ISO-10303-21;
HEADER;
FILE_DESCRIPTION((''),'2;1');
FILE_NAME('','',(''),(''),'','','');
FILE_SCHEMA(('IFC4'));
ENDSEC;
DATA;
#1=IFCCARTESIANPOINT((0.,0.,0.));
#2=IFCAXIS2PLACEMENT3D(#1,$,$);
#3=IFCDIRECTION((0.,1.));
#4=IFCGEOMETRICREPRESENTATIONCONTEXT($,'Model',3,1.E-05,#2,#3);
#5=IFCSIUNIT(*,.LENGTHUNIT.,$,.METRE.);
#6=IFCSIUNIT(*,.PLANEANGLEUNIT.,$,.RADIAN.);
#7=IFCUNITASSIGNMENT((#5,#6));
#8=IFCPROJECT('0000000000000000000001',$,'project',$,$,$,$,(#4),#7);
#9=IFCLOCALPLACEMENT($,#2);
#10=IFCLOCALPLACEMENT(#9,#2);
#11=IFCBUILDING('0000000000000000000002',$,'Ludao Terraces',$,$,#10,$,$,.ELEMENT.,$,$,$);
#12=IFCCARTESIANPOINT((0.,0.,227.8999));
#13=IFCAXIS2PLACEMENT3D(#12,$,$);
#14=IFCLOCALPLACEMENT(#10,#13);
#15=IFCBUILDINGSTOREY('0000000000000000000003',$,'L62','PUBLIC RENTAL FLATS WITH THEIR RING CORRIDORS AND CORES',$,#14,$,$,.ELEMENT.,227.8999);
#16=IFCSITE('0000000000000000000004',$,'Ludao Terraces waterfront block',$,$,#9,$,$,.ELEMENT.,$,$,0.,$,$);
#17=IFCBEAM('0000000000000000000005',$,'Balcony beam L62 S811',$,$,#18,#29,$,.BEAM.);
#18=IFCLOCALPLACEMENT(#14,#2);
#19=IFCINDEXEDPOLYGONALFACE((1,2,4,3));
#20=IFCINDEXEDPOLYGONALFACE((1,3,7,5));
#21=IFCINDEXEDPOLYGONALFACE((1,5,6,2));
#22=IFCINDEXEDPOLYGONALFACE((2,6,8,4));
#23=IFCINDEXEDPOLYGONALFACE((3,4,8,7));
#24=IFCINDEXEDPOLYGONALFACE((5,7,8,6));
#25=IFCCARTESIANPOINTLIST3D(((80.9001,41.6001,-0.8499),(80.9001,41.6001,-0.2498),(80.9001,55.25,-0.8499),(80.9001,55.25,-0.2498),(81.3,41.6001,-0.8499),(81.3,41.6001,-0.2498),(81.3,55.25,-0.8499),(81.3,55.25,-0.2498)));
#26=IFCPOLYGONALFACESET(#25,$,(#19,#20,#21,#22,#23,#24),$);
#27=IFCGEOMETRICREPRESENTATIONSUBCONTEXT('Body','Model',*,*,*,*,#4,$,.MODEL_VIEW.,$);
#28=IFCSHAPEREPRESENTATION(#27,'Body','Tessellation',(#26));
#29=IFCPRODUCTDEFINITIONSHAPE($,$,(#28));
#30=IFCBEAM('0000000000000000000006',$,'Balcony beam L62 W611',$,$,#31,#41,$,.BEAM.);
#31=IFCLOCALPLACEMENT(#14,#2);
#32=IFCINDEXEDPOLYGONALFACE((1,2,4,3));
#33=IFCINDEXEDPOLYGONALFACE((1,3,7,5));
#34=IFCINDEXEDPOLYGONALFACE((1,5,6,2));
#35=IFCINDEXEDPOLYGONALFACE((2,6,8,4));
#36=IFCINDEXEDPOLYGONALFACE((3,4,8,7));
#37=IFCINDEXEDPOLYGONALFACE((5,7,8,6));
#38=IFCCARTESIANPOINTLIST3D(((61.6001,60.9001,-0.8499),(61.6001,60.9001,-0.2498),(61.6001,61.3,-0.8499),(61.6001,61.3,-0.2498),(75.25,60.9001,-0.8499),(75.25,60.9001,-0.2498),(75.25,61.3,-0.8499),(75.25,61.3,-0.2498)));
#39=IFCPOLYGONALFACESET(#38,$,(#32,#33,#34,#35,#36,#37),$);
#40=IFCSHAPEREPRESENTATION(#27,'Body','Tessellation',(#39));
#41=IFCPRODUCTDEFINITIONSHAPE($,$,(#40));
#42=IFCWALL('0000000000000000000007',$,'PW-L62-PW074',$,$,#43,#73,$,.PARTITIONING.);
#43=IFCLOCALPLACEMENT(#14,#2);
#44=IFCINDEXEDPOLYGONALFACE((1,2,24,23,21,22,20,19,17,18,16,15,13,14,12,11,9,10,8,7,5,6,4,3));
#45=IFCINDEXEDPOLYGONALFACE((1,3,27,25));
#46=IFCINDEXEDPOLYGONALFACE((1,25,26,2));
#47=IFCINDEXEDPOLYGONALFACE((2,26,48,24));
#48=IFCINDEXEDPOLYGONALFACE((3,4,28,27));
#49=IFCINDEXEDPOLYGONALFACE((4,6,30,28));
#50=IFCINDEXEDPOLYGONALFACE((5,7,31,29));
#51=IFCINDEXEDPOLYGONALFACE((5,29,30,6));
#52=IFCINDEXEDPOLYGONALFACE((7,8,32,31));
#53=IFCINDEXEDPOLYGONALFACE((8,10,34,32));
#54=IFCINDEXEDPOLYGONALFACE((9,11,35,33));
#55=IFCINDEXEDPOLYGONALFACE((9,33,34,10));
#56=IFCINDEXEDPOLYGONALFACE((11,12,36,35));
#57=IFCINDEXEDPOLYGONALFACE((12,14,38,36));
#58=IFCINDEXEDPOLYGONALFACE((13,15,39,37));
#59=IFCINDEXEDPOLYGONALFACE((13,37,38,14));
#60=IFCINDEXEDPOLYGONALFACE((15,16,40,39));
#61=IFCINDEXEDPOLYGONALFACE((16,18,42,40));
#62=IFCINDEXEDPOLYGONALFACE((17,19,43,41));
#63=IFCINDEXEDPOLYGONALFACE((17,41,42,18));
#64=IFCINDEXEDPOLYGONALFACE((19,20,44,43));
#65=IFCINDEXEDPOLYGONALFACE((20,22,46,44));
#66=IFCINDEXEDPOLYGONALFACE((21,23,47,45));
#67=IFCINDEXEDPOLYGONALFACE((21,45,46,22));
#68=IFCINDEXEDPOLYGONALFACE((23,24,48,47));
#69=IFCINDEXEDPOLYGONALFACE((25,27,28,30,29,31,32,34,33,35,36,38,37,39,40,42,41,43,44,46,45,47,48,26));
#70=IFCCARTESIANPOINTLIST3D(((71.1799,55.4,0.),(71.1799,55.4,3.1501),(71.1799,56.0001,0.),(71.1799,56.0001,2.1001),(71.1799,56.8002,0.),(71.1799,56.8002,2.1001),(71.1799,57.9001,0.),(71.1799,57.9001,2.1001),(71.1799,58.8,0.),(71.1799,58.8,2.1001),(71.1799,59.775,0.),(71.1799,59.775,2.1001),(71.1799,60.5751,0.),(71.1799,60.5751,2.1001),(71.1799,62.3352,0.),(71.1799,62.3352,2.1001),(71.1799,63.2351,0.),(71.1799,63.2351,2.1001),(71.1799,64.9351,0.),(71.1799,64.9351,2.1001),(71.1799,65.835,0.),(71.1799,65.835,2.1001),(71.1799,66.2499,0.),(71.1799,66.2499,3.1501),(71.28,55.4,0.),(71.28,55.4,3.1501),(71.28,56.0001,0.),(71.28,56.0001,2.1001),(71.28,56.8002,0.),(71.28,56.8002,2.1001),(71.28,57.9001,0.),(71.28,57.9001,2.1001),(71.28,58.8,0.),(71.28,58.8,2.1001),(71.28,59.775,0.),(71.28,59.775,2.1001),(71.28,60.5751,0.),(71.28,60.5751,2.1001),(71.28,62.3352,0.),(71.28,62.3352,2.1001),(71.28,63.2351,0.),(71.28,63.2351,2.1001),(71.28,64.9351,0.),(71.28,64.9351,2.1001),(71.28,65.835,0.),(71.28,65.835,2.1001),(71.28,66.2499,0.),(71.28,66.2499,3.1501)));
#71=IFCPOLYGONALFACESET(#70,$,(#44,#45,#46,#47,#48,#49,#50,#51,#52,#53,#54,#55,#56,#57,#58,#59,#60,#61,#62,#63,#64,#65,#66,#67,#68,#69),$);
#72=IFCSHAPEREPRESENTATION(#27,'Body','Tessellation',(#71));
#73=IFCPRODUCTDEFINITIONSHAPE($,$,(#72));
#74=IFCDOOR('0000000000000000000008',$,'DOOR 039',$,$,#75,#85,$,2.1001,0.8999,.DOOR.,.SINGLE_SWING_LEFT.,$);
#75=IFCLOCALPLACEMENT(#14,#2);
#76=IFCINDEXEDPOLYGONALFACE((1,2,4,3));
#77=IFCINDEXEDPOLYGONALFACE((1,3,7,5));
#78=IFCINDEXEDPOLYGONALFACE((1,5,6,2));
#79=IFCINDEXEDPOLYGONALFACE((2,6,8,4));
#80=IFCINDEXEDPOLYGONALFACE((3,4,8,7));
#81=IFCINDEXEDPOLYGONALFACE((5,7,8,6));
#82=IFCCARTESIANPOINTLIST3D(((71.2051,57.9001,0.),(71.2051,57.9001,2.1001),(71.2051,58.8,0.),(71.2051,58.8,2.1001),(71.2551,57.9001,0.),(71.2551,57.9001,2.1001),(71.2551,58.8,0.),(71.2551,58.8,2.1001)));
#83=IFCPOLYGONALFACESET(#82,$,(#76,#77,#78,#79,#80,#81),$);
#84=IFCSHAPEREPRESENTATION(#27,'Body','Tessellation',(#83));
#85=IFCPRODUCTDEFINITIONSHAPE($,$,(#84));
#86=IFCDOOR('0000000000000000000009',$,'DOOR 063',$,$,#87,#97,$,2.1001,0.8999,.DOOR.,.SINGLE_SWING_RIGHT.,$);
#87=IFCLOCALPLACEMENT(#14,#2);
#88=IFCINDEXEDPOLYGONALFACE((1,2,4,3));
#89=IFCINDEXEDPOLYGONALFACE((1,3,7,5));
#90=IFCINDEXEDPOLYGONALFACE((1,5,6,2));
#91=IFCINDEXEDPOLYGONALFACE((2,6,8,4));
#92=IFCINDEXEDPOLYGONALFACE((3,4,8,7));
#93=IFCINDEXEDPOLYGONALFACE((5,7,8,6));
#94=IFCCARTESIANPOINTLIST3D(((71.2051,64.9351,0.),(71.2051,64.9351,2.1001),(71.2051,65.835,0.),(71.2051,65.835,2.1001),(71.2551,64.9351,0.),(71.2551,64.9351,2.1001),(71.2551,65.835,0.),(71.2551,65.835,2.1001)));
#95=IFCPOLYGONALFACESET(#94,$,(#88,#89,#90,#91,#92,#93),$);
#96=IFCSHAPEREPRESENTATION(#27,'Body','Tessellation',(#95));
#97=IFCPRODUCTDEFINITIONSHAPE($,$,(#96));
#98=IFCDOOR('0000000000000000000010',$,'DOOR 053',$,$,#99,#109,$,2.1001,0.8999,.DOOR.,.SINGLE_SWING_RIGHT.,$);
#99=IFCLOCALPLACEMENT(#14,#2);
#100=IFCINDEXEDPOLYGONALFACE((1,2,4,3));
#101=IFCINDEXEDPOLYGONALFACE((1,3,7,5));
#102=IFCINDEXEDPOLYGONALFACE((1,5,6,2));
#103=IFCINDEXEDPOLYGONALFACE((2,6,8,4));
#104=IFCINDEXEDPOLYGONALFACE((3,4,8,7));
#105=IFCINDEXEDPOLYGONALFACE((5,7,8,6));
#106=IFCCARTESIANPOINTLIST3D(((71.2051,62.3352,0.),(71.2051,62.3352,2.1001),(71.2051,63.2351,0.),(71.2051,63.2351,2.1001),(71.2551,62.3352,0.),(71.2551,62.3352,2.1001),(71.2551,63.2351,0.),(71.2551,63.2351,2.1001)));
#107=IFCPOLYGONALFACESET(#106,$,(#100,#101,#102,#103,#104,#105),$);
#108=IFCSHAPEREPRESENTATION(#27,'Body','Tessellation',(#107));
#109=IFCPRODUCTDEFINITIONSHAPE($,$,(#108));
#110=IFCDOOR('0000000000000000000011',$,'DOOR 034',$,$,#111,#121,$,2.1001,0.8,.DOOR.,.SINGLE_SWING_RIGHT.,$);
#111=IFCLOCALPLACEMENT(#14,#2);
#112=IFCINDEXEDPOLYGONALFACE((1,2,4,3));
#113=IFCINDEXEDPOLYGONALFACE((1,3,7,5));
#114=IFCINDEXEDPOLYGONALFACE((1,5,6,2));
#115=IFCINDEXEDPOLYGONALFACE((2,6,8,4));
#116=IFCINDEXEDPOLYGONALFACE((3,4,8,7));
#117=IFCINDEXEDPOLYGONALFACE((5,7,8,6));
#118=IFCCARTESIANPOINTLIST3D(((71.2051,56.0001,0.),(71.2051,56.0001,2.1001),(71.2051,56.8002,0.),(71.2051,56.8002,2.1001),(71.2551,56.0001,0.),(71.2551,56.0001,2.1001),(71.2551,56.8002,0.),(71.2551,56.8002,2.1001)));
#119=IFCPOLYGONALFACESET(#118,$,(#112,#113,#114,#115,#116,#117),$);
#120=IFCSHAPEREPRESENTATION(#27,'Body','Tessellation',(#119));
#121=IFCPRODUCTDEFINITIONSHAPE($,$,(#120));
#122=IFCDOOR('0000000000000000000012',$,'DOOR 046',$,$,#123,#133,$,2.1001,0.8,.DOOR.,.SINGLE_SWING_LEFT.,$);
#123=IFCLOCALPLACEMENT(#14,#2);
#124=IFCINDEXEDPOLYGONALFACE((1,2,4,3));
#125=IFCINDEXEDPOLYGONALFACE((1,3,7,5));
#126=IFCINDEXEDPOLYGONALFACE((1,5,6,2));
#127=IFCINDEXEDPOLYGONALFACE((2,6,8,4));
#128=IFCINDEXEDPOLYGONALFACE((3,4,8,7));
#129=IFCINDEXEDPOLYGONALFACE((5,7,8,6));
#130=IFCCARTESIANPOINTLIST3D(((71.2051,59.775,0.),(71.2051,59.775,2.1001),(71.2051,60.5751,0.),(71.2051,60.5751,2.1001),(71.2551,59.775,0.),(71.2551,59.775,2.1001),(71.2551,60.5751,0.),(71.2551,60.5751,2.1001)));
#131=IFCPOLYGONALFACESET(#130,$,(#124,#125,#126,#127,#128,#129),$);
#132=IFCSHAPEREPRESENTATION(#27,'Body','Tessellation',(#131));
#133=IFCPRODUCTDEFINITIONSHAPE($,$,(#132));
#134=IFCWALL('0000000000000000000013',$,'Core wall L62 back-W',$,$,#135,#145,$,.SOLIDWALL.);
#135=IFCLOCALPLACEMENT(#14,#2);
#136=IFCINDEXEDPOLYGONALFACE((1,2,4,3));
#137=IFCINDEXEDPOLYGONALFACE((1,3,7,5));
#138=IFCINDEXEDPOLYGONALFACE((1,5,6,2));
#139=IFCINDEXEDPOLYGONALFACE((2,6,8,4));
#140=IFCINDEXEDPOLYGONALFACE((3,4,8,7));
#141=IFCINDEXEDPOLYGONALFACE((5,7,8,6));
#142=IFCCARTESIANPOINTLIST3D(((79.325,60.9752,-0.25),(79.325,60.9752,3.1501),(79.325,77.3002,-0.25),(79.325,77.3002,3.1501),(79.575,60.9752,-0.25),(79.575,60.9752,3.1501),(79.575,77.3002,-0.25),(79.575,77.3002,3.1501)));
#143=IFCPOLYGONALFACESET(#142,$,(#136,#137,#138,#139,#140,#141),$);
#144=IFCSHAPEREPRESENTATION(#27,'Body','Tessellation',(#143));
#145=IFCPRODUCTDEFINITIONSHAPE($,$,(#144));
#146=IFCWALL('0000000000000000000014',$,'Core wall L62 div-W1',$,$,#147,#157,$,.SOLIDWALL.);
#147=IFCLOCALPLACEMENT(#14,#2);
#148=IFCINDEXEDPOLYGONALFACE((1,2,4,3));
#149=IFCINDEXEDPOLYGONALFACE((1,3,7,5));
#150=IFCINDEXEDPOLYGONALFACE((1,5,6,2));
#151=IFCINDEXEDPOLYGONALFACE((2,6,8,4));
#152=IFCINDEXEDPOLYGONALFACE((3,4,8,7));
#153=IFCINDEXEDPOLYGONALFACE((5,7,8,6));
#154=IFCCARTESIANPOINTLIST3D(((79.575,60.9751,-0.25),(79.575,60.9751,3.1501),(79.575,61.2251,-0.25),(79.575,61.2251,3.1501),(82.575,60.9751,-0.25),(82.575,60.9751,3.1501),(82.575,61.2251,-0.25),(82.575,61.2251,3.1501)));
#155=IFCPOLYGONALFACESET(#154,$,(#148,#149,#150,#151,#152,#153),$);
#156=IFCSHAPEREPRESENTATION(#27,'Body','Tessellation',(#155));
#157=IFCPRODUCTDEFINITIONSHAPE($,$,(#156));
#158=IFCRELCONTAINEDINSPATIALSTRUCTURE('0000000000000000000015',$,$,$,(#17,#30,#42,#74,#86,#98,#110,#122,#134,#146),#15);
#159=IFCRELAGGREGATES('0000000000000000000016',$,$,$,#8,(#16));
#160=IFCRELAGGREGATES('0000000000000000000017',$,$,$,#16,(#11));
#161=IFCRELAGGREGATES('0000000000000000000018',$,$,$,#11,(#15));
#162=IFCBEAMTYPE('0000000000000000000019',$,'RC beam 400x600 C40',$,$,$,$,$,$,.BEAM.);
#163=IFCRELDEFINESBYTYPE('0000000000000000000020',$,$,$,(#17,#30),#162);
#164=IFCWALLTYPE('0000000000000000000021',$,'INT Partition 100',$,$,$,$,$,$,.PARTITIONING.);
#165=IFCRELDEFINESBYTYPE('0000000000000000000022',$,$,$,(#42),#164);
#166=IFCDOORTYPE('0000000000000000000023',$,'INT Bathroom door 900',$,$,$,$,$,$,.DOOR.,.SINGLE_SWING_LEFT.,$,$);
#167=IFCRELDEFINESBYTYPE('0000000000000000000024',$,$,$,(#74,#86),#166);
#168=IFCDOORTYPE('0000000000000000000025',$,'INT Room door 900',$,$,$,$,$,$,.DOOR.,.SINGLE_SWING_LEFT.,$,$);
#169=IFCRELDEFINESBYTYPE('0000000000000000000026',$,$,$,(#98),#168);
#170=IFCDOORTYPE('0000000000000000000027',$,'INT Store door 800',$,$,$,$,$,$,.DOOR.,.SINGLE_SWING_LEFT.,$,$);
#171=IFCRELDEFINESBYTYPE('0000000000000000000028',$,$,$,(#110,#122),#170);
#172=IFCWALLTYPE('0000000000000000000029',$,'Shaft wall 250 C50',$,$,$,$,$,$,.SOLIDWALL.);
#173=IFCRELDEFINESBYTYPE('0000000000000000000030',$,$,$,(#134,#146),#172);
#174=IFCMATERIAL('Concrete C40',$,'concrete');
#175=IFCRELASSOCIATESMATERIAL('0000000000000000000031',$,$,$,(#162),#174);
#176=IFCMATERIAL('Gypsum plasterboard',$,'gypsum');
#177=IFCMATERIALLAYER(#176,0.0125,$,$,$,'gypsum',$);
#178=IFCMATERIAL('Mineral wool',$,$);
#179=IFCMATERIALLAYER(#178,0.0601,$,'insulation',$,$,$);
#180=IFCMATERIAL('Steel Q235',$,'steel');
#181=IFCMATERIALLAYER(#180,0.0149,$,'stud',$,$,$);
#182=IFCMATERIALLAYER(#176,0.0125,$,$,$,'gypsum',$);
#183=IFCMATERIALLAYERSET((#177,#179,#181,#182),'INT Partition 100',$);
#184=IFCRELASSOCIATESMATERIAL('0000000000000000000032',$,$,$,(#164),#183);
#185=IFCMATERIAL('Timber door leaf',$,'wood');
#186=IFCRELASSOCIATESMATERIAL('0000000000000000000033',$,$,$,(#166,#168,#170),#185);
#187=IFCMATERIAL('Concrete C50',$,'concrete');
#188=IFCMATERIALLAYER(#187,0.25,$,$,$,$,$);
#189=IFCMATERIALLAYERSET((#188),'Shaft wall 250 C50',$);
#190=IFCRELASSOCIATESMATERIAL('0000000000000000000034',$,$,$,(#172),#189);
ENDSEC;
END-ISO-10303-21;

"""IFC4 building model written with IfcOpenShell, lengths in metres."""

from ifc_helpers import new_model, si_unit, direction, frame, frame_2d, origin, origin_2d, place, context, subcontext, project, spatial, rectangle, extrude, material, layer, layer_set, material_profile, profile_set, type_object, element, fill, save


model = new_model("IFC4")

# Units and contexts
model_context = context("Model", 3, precision=1e-05, world=origin(), true_north=direction((0.0, 1.0)))
body_context = subcontext(model_context, "Body", "Model", "MODEL_VIEW")
ifc_project = project(units=[si_unit("LENGTHUNIT", "METRE"), si_unit("PLANEANGLEUNIT", "RADIAN")], contexts=[model_context])

# Site, building, storey
site_placement = place(None, origin())
site = spatial("IfcSite", under=ifc_project, at=site_placement, Name="Ludao Terraces waterfront block", CompositionType="ELEMENT", RefElevation=0.0)
building_placement = place(site_placement, origin())
building = spatial("IfcBuilding", under=site, at=building_placement, Name="Ludao Terraces", CompositionType="ELEMENT")
storey_placement = place(building_placement, frame((0.0, 0.0, 227.8999)))
storey = spatial("IfcBuildingStorey", under=building, at=storey_placement, Name="L62", Description="PUBLIC RENTAL FLATS WITH THEIR RING CORRIDORS AND CORES", CompositionType="ELEMENT", Elevation=227.8999)

# Beams
ifc_material_1 = material(Name="Concrete C40", Category="concrete")
ifc_material_profile = material_profile(ifc_material_1, rectangle(XDim=0.3999, YDim=0.6001, at=origin_2d()), Name="400 X 600")
ifc_profile_set = profile_set([ifc_material_profile], Name="Concrete C40")
beam_type = type_object("IfcBeamType", Name="RC beam 400x600 C40", PredefinedType="BEAM", material=ifc_profile_set)
for number, where, z_axis, x_axis, name in (
    (1, (81.1001, 55.25, -0.5498), (0.0, -1.0, 0.0), (1.0, 0.0, 0.0), "Balcony beam L62 S811"),
    (2, (75.25, 61.1001, -0.5498), (-1.0, 0.0, 0.0), (0.0, -1.0, 0.0), "Balcony beam L62 W611"),
):
    element("IfcBeam", number, at=place(storey_placement, frame(where, z_axis=z_axis, x_axis=x_axis)), inside=storey, type_object=beam_type, Name=name, PredefinedType="BEAM", context=body_context, shape_type="SweptSolid", body=[
        extrude(rectangle(XDim=0.3999, YDim=0.6001, at=origin_2d()), origin(), (0.0, 0.0, 1.0), 13.6499),
    ])

# Wall, openings, doors
ifc_material_2 = material(Name="Gypsum plasterboard", Category="gypsum")
ifc_layer_1 = layer(ifc_material_2, 0.0125, Category="gypsum")
ifc_material_3 = material(Name="Mineral wool")
ifc_layer_2 = layer(ifc_material_3, 0.0601, Name="insulation")
ifc_material_4 = material(Name="Steel Q235", Category="steel")
ifc_layer_3 = layer(ifc_material_4, 0.0149, Name="stud")
ifc_layer_4 = layer(ifc_material_2, 0.0125, Category="gypsum")
ifc_layer_set_1 = layer_set([ifc_layer_1, ifc_layer_2, ifc_layer_3, ifc_layer_4], Name="INT Partition 100")
wall_type_1 = type_object("IfcWallType", Name="INT Partition 100", PredefinedType="PARTITIONING", material=ifc_layer_set_1)
wall_1_placement = place(storey_placement, frame((71.23, 55.4001, 0.0), z_axis=(0.0, 0.0, 1.0), x_axis=(0.0, 1.0, 0.0)))
wall_1 = element("IfcWall", 3, at=wall_1_placement, inside=storey, type_object=wall_type_1, Name="PW-L62-PW074", PredefinedType="PARTITIONING", context=body_context, shape_type="SweptSolid", body=[
    extrude(rectangle(XDim=10.8499, YDim=0.1001, at=frame_2d((5.4248, 0.0))), origin(), (0.0, 0.0, 1.0), 3.1501),
])
opening_1_placement = place(wall_1_placement, frame((0.6001, 0.0, 0.0)))
opening_1 = element("IfcOpeningElement", 4, at=opening_1_placement, cuts=wall_1, PredefinedType="OPENING", context=body_context, shape_type="SweptSolid", body=[
    extrude(rectangle(XDim=0.8, YDim=2.1001, at=frame_2d((0.3999, 1.05))), frame((0.0, 0.0601, 0.0), z_axis=(0.0, -1.0, 0.0), x_axis=(1.0, 0.0, 0.0)), (0.0, 0.0, 1.0), 0.1201),
])
opening_2_placement = place(wall_1_placement, frame((2.5, 0.0, 0.0)))
opening_2 = element("IfcOpeningElement", 5, at=opening_2_placement, cuts=wall_1, PredefinedType="OPENING", context=body_context, shape_type="SweptSolid", body=[
    extrude(rectangle(XDim=0.8999, YDim=2.1001, at=frame_2d((0.45, 1.05))), frame((0.0, 0.0601, 0.0), z_axis=(0.0, -1.0, 0.0), x_axis=(1.0, 0.0, 0.0)), (0.0, 0.0, 1.0), 0.1201),
])
opening_3_placement = place(wall_1_placement, frame((4.375, 0.0, 0.0)))
opening_3 = element("IfcOpeningElement", 6, at=opening_3_placement, cuts=wall_1, PredefinedType="OPENING", context=body_context, shape_type="SweptSolid", body=[
    extrude(rectangle(XDim=0.8, YDim=2.1001, at=frame_2d((0.3999, 1.05))), frame((0.0, 0.0601, 0.0), z_axis=(0.0, -1.0, 0.0), x_axis=(1.0, 0.0, 0.0)), (0.0, 0.0, 1.0), 0.1201),
])
opening_4_placement = place(wall_1_placement, frame((6.9351, 0.0, 0.0)))
opening_4 = element("IfcOpeningElement", 7, at=opening_4_placement, cuts=wall_1, PredefinedType="OPENING", context=body_context, shape_type="SweptSolid", body=[
    extrude(rectangle(XDim=0.8999, YDim=2.1001, at=frame_2d((0.45, 1.05))), frame((0.0, 0.0601, 0.0), z_axis=(0.0, -1.0, 0.0), x_axis=(1.0, 0.0, 0.0)), (0.0, 0.0, 1.0), 0.1201),
])
opening_5_placement = place(wall_1_placement, frame((9.5349, 0.0, 0.0)))
opening_5 = element("IfcOpeningElement", 8, at=opening_5_placement, cuts=wall_1, PredefinedType="OPENING", context=body_context, shape_type="SweptSolid", body=[
    extrude(rectangle(XDim=0.8999, YDim=2.1001, at=frame_2d((0.45, 1.05))), frame((0.0, 0.0601, 0.0), z_axis=(0.0, -1.0, 0.0), x_axis=(1.0, 0.0, 0.0)), (0.0, 0.0, 1.0), 0.1201),
])
ifc_material_5 = material(Name="Timber door leaf", Category="wood")
door_type_1 = type_object("IfcDoorType", Name="INT Bathroom door 900", OperationType="SINGLE_SWING_LEFT", PredefinedType="DOOR", material=ifc_material_5)
door_1_placement = place(opening_2_placement, origin())
door_1 = element("IfcDoor", 9, at=door_1_placement, inside=storey, type_object=door_type_1, Name="DOOR 039", OperationType="SINGLE_SWING_LEFT", OverallHeight=2.1001, OverallWidth=0.8999, PredefinedType="DOOR", context=body_context, shape_type="SweptSolid", body=[
    extrude(rectangle(XDim=0.8999, YDim=2.1001, at=frame_2d((0.45, 1.05))), frame((0.0, 0.0249, 0.0), z_axis=(0.0, -1.0, 0.0), x_axis=(1.0, 0.0, 0.0)), (0.0, 0.0, 1.0), 0.05),
])
fill(opening_2, door_1)
door_2_placement = place(opening_5_placement, origin())
door_2 = element("IfcDoor", 10, at=door_2_placement, inside=storey, type_object=door_type_1, Name="DOOR 063", OperationType="SINGLE_SWING_RIGHT", OverallHeight=2.1001, OverallWidth=0.8999, PredefinedType="DOOR", context=body_context, shape_type="SweptSolid", body=[
    extrude(rectangle(XDim=0.8999, YDim=2.1001, at=frame_2d((0.45, 1.05))), frame((0.0, 0.0249, 0.0), z_axis=(0.0, -1.0, 0.0), x_axis=(1.0, 0.0, 0.0)), (0.0, 0.0, 1.0), 0.05),
])
fill(opening_5, door_2)
door_type_2 = type_object("IfcDoorType", Name="INT Room door 900", OperationType="SINGLE_SWING_LEFT", PredefinedType="DOOR", material=ifc_material_5)
door_3_placement = place(opening_4_placement, origin())
door_3 = element("IfcDoor", 11, at=door_3_placement, inside=storey, type_object=door_type_2, Name="DOOR 053", OperationType="SINGLE_SWING_RIGHT", OverallHeight=2.1001, OverallWidth=0.8999, PredefinedType="DOOR", context=body_context, shape_type="SweptSolid", body=[
    extrude(rectangle(XDim=0.8999, YDim=2.1001, at=frame_2d((0.45, 1.05))), frame((0.0, 0.0249, 0.0), z_axis=(0.0, -1.0, 0.0), x_axis=(1.0, 0.0, 0.0)), (0.0, 0.0, 1.0), 0.05),
])
fill(opening_4, door_3)
door_type_3 = type_object("IfcDoorType", Name="INT Store door 800", OperationType="SINGLE_SWING_LEFT", PredefinedType="DOOR", material=ifc_material_5)
door_4_placement = place(opening_1_placement, origin())
door_4 = element("IfcDoor", 12, at=door_4_placement, inside=storey, type_object=door_type_3, Name="DOOR 034", OperationType="SINGLE_SWING_RIGHT", OverallHeight=2.1001, OverallWidth=0.8, PredefinedType="DOOR", context=body_context, shape_type="SweptSolid", body=[
    extrude(rectangle(XDim=0.8, YDim=2.1001, at=frame_2d((0.3999, 1.05))), frame((0.0, 0.0249, 0.0), z_axis=(0.0, -1.0, 0.0), x_axis=(1.0, 0.0, 0.0)), (0.0, 0.0, 1.0), 0.05),
])
fill(opening_1, door_4)
door_5_placement = place(opening_3_placement, origin())
door_5 = element("IfcDoor", 13, at=door_5_placement, inside=storey, type_object=door_type_3, Name="DOOR 046", OperationType="SINGLE_SWING_LEFT", OverallHeight=2.1001, OverallWidth=0.8, PredefinedType="DOOR", context=body_context, shape_type="SweptSolid", body=[
    extrude(rectangle(XDim=0.8, YDim=2.1001, at=frame_2d((0.3999, 1.05))), frame((0.0, 0.0249, 0.0), z_axis=(0.0, -1.0, 0.0), x_axis=(1.0, 0.0, 0.0)), (0.0, 0.0, 1.0), 0.05),
])
fill(opening_3, door_5)

# Walls
ifc_material_6 = material(Name="Concrete C50", Category="concrete")
ifc_layer_5 = layer(ifc_material_6, 0.25)
ifc_layer_set_2 = layer_set([ifc_layer_5], Name="Shaft wall 250 C50")
wall_type_2 = type_object("IfcWallType", Name="Shaft wall 250 C50", PredefinedType="SOLIDWALL", material=ifc_layer_set_2)
wall_2_placement = place(storey_placement, frame((79.45, 60.9751, -0.25), z_axis=(0.0, 0.0, 1.0), x_axis=(0.0, 1.0, 0.0)))
element("IfcWall", 14, at=wall_2_placement, inside=storey, type_object=wall_type_2, Name="Core wall L62 back-W", PredefinedType="SOLIDWALL", context=body_context, shape_type="SweptSolid", body=[
    extrude(rectangle(XDim=16.325, YDim=0.25, at=frame_2d((8.1626, 0.0))), origin(), (0.0, 0.0, 1.0), 3.4001),
])
wall_3_placement = place(storey_placement, frame((79.575, 61.1001, -0.25), z_axis=(0.0, 0.0, 1.0), x_axis=(1.0, 0.0, 0.0)))
element("IfcWall", 15, at=wall_3_placement, inside=storey, type_object=wall_type_2, Name="Core wall L62 div-W1", PredefinedType="SOLIDWALL", context=body_context, shape_type="SweptSolid", body=[
    extrude(rectangle(XDim=3.0, YDim=0.25, at=frame_2d((1.5, 0.0))), origin(), (0.0, 0.0, 1.0), 3.4001),
])

save(model, "model.ifc")
